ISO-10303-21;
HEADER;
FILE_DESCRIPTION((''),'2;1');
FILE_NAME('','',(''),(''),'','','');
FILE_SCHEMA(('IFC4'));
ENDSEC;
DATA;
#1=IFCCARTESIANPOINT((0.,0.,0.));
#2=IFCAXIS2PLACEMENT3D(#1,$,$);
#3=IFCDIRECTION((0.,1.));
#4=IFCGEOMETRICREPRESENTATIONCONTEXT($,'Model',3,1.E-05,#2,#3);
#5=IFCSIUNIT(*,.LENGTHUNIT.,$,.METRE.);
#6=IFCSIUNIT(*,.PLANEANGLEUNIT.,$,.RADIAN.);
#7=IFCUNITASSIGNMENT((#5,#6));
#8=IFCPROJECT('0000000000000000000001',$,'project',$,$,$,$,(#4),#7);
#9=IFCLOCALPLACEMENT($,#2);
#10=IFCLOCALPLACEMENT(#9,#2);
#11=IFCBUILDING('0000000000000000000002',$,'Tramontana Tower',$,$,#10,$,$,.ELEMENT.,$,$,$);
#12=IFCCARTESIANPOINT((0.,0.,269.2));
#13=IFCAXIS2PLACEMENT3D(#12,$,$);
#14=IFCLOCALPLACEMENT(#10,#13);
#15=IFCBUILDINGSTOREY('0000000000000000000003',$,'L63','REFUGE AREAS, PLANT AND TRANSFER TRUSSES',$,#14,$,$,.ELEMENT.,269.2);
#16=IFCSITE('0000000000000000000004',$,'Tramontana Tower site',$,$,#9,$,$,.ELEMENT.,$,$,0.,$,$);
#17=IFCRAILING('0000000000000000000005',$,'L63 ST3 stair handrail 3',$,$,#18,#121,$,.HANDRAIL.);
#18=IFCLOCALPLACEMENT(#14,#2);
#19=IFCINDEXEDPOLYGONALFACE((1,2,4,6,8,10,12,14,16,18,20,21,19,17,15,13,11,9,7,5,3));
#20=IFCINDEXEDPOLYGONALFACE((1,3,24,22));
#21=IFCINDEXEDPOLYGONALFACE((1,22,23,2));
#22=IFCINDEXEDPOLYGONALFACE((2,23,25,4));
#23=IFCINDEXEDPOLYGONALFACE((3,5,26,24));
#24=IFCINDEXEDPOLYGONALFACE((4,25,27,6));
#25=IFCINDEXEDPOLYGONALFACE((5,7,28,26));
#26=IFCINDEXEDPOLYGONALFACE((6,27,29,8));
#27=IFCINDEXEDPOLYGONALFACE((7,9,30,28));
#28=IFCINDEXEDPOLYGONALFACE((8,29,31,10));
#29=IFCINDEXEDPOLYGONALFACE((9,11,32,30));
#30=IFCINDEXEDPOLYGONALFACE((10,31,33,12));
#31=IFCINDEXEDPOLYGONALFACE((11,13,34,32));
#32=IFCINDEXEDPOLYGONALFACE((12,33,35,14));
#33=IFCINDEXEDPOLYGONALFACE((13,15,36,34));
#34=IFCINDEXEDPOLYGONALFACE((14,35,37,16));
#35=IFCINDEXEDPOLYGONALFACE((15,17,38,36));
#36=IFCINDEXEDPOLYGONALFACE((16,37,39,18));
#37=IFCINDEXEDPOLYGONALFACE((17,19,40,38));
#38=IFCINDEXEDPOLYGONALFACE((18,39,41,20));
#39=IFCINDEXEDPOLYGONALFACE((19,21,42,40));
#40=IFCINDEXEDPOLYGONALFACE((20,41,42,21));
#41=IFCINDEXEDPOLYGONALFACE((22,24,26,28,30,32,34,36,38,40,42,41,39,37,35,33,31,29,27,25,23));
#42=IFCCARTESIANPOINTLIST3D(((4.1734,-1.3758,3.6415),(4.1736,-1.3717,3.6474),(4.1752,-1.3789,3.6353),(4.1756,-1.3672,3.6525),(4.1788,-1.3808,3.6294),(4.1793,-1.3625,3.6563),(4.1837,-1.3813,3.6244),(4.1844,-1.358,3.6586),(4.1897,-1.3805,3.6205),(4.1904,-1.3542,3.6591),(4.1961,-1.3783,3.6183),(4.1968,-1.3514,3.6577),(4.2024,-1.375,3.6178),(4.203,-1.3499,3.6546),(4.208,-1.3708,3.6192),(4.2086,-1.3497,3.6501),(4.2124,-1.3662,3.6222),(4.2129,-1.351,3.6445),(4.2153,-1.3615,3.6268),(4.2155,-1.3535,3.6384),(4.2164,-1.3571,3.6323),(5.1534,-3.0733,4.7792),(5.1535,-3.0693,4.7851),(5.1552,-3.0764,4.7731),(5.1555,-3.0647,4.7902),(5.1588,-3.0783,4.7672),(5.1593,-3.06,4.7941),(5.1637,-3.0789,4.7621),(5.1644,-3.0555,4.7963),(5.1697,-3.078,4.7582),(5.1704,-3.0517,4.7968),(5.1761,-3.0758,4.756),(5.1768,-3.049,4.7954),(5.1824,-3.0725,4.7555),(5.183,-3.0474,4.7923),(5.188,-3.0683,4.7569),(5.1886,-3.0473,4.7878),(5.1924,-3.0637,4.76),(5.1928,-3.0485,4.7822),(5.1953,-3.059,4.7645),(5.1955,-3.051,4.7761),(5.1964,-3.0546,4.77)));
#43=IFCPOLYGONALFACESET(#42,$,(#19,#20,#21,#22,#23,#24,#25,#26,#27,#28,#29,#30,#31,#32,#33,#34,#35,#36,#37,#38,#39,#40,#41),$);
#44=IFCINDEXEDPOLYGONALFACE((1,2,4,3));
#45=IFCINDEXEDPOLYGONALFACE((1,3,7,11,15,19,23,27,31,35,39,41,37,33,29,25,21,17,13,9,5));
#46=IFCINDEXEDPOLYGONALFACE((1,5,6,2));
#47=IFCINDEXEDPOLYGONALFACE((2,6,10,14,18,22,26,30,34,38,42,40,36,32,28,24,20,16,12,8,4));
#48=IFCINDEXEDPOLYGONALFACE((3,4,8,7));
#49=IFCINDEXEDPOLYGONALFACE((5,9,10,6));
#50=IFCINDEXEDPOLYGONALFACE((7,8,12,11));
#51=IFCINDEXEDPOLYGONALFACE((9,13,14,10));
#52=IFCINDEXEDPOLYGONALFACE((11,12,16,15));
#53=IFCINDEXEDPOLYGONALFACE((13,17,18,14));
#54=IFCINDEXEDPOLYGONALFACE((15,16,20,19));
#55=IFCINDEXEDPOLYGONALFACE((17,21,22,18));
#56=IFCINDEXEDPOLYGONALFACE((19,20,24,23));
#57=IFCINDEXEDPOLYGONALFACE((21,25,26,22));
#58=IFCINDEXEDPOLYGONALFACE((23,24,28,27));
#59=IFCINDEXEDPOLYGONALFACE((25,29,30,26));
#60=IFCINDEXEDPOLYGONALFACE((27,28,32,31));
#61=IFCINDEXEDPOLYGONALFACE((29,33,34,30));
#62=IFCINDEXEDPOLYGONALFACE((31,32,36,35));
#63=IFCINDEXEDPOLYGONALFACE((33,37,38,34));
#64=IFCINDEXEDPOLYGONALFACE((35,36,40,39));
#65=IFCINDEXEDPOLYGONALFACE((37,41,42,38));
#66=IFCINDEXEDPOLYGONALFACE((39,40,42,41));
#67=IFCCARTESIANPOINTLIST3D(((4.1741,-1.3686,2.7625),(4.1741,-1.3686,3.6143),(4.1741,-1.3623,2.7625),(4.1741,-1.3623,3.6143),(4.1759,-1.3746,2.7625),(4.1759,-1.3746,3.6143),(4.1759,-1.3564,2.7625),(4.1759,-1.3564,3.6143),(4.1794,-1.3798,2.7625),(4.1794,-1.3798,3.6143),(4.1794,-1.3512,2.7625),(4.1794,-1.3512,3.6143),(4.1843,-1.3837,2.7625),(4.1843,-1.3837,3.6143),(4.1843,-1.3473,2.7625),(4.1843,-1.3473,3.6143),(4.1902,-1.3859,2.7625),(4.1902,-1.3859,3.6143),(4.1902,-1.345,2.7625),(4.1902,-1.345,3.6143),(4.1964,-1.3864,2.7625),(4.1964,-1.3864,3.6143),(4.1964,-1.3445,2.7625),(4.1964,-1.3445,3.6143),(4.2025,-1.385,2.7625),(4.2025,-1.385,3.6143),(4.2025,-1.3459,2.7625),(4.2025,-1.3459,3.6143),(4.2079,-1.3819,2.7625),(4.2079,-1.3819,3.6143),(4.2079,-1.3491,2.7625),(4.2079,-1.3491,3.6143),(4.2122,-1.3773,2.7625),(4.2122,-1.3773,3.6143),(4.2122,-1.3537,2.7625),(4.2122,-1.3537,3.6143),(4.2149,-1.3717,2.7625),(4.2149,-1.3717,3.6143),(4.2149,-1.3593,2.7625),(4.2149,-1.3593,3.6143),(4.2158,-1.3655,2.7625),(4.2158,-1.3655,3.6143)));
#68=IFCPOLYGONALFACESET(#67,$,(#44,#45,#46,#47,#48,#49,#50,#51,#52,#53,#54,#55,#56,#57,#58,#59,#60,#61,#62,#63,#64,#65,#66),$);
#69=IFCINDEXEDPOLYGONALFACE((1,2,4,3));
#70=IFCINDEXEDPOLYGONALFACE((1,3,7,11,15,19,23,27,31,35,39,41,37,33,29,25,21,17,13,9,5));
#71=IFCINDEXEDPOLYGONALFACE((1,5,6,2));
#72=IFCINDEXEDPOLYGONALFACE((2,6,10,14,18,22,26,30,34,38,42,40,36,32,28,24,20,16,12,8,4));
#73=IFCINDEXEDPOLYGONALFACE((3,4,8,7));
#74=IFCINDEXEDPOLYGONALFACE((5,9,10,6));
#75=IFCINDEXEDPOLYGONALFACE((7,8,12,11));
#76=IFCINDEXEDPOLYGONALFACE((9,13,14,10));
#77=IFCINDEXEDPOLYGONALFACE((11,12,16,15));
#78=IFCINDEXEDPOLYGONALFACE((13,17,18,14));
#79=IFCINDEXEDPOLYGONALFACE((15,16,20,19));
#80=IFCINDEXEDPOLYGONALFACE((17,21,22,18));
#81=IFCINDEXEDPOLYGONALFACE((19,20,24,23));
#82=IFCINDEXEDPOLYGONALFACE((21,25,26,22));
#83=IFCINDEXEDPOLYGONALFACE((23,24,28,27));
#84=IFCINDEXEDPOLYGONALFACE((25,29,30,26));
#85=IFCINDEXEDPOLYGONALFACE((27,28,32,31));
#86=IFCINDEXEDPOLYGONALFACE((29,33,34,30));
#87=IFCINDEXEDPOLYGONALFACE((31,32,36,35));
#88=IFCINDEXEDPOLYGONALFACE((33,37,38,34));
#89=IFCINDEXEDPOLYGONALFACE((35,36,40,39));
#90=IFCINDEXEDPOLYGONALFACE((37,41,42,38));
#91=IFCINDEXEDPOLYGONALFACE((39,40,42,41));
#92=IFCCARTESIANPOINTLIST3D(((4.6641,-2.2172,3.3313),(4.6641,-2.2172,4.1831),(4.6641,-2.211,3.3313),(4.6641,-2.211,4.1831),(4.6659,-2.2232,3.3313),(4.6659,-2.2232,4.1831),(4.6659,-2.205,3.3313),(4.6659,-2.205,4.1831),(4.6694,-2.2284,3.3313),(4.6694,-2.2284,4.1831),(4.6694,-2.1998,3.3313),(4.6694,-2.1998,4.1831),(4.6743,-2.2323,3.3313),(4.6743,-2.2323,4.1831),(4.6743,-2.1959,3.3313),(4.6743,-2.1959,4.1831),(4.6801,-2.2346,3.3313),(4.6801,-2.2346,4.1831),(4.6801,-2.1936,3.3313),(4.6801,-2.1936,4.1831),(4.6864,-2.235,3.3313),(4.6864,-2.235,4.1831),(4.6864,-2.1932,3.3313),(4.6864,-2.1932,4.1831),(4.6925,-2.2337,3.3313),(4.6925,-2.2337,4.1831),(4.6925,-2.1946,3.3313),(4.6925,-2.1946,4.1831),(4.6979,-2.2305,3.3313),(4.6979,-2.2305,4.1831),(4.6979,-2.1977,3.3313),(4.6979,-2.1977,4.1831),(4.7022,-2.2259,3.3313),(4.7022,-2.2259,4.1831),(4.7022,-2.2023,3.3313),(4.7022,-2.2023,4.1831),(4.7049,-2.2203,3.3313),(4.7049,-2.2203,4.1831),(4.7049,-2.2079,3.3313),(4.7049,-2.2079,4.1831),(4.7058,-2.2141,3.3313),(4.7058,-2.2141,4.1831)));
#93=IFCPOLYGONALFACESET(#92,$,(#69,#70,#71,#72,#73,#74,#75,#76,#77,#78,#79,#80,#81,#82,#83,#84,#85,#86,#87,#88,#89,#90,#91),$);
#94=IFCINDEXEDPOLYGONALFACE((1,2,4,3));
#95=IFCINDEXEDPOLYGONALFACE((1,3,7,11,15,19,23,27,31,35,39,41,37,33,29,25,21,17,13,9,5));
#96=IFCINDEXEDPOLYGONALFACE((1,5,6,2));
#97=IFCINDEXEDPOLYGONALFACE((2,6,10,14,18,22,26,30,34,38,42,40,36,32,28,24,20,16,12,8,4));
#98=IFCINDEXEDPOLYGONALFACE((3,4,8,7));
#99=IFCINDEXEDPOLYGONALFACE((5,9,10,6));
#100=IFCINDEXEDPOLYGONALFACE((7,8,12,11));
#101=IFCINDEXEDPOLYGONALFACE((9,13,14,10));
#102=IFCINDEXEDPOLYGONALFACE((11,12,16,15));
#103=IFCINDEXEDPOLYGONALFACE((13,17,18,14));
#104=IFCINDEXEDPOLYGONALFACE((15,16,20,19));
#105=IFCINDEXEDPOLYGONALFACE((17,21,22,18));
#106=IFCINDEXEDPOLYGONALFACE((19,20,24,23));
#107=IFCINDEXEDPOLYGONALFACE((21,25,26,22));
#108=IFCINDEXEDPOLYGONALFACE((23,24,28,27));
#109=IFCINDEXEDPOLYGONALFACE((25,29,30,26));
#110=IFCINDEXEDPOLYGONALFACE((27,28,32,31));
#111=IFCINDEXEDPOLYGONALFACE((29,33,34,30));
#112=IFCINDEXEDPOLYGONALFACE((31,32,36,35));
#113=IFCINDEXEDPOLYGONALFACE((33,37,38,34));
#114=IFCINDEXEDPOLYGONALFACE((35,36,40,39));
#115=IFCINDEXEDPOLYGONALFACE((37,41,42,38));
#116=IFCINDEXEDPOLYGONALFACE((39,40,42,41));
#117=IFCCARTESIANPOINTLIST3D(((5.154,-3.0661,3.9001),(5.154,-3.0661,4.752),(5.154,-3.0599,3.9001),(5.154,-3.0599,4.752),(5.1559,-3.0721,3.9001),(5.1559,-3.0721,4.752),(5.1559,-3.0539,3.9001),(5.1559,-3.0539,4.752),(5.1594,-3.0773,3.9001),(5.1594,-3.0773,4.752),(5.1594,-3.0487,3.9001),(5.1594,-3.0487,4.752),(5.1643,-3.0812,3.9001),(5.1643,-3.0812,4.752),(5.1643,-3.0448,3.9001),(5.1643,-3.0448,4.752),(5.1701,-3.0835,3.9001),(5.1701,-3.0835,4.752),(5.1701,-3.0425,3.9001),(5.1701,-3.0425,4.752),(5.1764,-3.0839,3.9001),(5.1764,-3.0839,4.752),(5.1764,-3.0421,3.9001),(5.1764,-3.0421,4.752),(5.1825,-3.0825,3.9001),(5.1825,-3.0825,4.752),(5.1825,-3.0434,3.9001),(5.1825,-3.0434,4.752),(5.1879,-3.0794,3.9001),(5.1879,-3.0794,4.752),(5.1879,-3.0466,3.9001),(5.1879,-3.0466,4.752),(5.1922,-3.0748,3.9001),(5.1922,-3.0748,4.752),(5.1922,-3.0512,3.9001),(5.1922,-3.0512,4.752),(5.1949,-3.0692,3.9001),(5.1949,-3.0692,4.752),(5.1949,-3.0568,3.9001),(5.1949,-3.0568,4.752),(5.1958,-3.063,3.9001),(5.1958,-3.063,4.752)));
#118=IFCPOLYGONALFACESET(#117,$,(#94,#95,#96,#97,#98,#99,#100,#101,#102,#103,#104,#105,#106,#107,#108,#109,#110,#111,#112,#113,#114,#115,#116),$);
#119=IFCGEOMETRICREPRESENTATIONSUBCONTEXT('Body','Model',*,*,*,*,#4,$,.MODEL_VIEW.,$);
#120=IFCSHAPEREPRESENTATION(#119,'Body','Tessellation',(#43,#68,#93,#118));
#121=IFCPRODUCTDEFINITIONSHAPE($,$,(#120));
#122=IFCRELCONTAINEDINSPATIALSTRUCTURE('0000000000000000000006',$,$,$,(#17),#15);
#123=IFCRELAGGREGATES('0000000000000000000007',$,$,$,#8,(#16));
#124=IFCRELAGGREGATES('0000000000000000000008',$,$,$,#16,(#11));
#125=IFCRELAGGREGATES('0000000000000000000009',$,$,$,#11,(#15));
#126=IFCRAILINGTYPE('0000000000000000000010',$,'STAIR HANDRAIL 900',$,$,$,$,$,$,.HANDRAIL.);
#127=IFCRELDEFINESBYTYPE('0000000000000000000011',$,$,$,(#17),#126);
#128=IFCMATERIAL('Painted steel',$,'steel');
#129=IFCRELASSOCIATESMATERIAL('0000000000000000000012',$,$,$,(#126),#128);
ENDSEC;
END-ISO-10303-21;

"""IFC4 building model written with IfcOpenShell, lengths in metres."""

from ifc_helpers import new_model, si_unit, direction, frame, origin, origin_2d, place, context, subcontext, project, spatial, circle, extrude, material, type_object, element, save


model = new_model("IFC4")

# Units and contexts
model_context = context("Model", 3, precision=1e-05, world=origin(), true_north=direction((0.0, 1.0)))
body_context = subcontext(model_context, "Body", "Model", "MODEL_VIEW")
ifc_project = project(units=[si_unit("LENGTHUNIT", "METRE"), si_unit("PLANEANGLEUNIT", "RADIAN")], contexts=[model_context])

# Site, building, storey
site_placement = place(None, origin())
site = spatial("IfcSite", under=ifc_project, at=site_placement, Name="Tramontana Tower site", CompositionType="ELEMENT", RefElevation=0.0)
building_placement = place(site_placement, origin())
building = spatial("IfcBuilding", under=site, at=building_placement, Name="Tramontana Tower", CompositionType="ELEMENT")
storey_placement = place(building_placement, frame((0.0, 0.0, 269.2)))
storey = spatial("IfcBuildingStorey", under=building, at=storey_placement, Name="L63", Description="REFUGE AREAS, PLANT AND TRANSFER TRUSSES", CompositionType="ELEMENT", Elevation=269.2)

# Railing
ifc_material_1 = material(Name="Painted steel", Category="steel")
railing_type_1 = type_object("IfcRailingType", Name="STAIR HANDRAIL 900", PredefinedType="HANDRAIL", material=ifc_material_1)
railing_1_placement = place(storey_placement, frame((4.1948, -1.3655, 2.7625)))
element("IfcRailing", 1, at=railing_1_placement, inside=storey, type_object=railing_type_1, Name="L63 ST3 stair handrail 3", PredefinedType="HANDRAIL", context=body_context, shape_type="SweptSolid", body=[
    extrude(circle(Radius=0.0239, at=origin_2d()), frame((0.0, 0.0, 0.876), z_axis=(0.432409, -0.749013, 0.501999), x_axis=(0.866042, 0.49997, 0.0)), (0.0, 0.0, 1.0), 2.2664),
    extrude(circle(Radius=0.021, at=origin_2d()), origin(), (0.0, 0.0, 1.0), 0.8518),
    extrude(circle(Radius=0.021, at=origin_2d()), frame((0.49, -0.8486, 0.5688)), (0.0, 0.0, 1.0), 0.8518),
    extrude(circle(Radius=0.021, at=origin_2d()), frame((0.98, -1.6975, 1.1377)), (0.0, 0.0, 1.0), 0.8518),
])

save(model, "model.ifc")
